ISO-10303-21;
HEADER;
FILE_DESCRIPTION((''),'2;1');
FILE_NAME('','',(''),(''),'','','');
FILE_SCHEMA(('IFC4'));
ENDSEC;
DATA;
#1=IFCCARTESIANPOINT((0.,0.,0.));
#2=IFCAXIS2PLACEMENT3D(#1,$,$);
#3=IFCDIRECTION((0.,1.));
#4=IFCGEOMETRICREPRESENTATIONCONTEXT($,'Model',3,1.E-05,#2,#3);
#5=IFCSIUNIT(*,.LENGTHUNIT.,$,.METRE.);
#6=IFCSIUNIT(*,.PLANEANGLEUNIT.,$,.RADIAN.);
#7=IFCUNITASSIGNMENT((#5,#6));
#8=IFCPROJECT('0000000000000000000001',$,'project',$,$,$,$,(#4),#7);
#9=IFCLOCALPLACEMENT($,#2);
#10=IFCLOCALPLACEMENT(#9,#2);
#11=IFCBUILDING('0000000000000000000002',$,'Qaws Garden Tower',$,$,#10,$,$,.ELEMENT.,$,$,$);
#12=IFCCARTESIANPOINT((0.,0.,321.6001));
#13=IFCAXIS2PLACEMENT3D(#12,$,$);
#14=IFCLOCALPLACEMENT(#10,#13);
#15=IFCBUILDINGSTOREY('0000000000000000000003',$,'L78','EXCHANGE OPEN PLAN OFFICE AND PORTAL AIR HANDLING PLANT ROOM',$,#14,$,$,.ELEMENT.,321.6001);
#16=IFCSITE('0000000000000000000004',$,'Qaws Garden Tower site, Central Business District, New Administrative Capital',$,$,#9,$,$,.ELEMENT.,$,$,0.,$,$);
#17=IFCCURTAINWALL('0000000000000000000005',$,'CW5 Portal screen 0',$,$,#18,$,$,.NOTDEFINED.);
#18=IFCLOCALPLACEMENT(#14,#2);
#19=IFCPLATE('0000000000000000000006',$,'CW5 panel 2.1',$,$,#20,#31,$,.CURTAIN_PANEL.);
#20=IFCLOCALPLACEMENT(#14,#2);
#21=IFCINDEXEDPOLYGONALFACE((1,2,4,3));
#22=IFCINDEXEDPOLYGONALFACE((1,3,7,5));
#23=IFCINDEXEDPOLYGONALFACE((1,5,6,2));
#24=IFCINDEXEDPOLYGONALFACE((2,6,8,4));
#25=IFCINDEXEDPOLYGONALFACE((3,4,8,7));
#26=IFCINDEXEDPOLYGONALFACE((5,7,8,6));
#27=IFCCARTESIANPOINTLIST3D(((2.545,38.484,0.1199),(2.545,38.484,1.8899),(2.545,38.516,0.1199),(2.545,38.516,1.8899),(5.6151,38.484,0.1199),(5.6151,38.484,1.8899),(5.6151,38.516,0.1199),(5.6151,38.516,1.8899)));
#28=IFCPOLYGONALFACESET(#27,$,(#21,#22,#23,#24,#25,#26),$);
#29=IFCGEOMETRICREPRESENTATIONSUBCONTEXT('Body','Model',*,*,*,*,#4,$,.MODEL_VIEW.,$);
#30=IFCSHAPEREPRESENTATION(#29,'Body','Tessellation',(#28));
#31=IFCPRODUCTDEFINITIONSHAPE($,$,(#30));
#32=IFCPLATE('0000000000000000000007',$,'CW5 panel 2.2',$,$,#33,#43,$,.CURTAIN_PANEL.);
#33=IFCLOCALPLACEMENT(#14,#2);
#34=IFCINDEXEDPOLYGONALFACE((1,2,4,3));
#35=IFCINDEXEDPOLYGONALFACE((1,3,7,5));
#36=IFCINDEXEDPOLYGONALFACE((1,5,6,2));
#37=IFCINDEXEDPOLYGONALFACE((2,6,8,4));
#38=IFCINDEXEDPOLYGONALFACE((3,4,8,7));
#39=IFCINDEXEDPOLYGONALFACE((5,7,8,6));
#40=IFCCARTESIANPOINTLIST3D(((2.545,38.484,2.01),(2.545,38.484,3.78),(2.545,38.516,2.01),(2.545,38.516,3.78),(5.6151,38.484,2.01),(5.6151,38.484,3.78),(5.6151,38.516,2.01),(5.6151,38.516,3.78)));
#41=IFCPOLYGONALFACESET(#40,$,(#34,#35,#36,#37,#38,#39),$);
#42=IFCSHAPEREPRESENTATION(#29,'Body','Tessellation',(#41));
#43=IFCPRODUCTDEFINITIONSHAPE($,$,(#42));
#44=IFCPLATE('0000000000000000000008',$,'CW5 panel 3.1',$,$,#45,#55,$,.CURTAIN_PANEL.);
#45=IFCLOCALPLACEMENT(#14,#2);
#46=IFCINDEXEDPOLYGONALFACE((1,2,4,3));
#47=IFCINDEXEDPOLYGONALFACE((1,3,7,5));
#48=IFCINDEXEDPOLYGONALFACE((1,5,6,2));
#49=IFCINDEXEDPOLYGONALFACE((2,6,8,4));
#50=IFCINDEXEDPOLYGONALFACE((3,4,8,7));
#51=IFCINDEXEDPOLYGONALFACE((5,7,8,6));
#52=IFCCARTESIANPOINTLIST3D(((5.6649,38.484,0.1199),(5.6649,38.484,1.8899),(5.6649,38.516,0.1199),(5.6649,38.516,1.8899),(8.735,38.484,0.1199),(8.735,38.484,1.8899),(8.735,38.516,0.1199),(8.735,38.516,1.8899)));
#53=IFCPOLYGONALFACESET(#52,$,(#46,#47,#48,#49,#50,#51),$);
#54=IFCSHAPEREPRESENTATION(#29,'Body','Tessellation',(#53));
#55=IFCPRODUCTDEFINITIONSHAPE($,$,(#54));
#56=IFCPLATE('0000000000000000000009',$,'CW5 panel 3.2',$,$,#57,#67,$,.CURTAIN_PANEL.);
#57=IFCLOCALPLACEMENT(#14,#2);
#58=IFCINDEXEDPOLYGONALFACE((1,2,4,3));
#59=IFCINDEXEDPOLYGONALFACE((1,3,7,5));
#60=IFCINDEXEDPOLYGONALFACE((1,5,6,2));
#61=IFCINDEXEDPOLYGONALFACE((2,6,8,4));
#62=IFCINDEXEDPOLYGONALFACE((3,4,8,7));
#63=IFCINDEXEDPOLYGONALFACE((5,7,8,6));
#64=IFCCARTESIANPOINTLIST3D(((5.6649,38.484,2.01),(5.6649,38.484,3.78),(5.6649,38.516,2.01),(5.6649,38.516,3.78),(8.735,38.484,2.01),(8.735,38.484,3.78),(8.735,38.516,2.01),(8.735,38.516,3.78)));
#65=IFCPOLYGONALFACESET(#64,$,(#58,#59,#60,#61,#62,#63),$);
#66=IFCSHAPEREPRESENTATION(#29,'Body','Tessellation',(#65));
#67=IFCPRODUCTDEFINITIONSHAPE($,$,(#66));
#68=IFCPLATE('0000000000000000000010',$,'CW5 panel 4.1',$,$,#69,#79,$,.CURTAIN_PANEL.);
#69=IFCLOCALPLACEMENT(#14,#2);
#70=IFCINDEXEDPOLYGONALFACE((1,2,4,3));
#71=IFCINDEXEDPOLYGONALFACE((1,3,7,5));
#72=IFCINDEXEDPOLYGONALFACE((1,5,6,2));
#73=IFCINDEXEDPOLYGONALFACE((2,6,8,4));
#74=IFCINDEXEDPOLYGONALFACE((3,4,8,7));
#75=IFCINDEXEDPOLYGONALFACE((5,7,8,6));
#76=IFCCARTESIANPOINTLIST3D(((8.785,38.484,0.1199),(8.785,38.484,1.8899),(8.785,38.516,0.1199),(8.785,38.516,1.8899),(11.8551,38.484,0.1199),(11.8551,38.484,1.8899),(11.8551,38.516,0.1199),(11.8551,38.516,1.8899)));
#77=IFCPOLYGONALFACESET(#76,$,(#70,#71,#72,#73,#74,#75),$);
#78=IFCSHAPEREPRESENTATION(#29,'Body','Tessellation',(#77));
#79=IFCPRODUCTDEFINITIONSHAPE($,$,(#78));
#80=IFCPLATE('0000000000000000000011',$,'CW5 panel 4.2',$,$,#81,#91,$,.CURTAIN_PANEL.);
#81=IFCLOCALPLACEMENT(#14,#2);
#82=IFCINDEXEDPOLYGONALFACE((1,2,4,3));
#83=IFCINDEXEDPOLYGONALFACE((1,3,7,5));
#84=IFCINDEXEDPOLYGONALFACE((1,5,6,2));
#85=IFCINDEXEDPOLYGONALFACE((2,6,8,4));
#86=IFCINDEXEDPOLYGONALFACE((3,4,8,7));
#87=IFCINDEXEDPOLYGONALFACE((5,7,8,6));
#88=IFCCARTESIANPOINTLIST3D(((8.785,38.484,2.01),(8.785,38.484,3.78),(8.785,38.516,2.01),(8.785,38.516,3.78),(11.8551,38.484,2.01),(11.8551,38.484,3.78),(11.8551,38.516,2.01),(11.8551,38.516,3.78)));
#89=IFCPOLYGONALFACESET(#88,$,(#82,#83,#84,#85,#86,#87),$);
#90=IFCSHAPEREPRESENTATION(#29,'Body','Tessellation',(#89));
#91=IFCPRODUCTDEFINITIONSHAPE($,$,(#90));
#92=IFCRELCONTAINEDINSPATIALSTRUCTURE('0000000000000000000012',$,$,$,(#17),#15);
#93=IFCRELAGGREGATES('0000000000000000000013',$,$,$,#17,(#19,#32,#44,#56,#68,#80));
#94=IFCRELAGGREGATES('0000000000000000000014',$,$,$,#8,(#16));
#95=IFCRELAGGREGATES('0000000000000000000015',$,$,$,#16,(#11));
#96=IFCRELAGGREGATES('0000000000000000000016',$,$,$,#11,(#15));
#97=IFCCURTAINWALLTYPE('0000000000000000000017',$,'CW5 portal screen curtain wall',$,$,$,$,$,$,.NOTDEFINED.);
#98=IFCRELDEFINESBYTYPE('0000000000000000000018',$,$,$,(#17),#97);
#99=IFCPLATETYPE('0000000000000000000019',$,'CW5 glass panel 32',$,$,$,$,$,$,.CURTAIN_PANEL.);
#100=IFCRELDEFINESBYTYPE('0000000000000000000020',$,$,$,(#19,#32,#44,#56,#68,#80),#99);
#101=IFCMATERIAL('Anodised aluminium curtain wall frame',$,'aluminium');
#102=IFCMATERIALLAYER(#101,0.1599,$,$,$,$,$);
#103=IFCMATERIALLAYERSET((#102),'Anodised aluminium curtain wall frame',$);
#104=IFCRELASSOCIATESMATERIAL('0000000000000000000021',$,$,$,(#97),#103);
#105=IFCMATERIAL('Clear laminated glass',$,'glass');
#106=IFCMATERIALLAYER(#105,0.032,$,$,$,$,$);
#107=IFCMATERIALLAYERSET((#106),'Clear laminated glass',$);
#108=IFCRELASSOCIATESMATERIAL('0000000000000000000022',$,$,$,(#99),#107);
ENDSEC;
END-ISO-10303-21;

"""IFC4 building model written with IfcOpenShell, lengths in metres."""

from ifc_helpers import new_model, si_unit, direction, frame, origin, origin_2d, place, context, subcontext, project, spatial, rectangle, extrude, material, layer, layer_set, type_object, element, aggregate, save


model = new_model("IFC4")

# Units and contexts
model_context = context("Model", 3, precision=1e-05, world=origin(), true_north=direction((0.0, 1.0)))
body_context = subcontext(model_context, "Body", "Model", "MODEL_VIEW")
ifc_project = project(units=[si_unit("LENGTHUNIT", "METRE"), si_unit("PLANEANGLEUNIT", "RADIAN")], contexts=[model_context])

# Site, building, storey
site_placement = place(None, origin())
site = spatial("IfcSite", under=ifc_project, at=site_placement, Name="Qaws Garden Tower site, Central Business District, New Administrative Capital", CompositionType="ELEMENT", RefElevation=0.0)
building_placement = place(site_placement, origin())
building = spatial("IfcBuilding", under=site, at=building_placement, Name="Qaws Garden Tower", CompositionType="ELEMENT")
storey_placement = place(building_placement, frame((0.0, 0.0, 321.6001)))
storey = spatial("IfcBuildingStorey", under=building, at=storey_placement, Name="L78", Description="EXCHANGE OPEN PLAN OFFICE AND PORTAL AIR HANDLING PLANT ROOM", CompositionType="ELEMENT", Elevation=321.6001)

# Curtain wall, plates
ifc_material_1 = material(Name="Anodised aluminium curtain wall frame", Category="aluminium")
ifc_layer_1 = layer(ifc_material_1, 0.1599)
ifc_layer_set_1 = layer_set([ifc_layer_1], Name="Anodised aluminium curtain wall frame")
curtain_wall_type = type_object("IfcCurtainWallType", Name="CW5 portal screen curtain wall", PredefinedType="NOTDEFINED", material=ifc_layer_set_1)
curtain_wall_placement = place(storey_placement, origin())
curtain_wall = element("IfcCurtainWall", 1, at=curtain_wall_placement, inside=storey, type_object=curtain_wall_type, Name="CW5 Portal screen 0", PredefinedType="NOTDEFINED")
ifc_material_2 = material(Name="Clear laminated glass", Category="glass")
ifc_layer_2 = layer(ifc_material_2, 0.032)
ifc_layer_set_2 = layer_set([ifc_layer_2], Name="Clear laminated glass")
plate_type = type_object("IfcPlateType", Name="CW5 glass panel 32", PredefinedType="CURTAIN_PANEL", material=ifc_layer_set_2)
plate_1_placement = place(storey_placement, frame((4.0801, 38.5, 0.1199), z_axis=(0.0, 0.0, 1.0), x_axis=(1.0, 0.0, 0.0)))
plate_1 = element("IfcPlate", 2, at=plate_1_placement, type_object=plate_type, Name="CW5 panel 2.1", PredefinedType="CURTAIN_PANEL", context=body_context, shape_type="SweptSolid", body=[
    extrude(rectangle(XDim=3.0701, YDim=0.032, at=origin_2d()), origin(), (0.0, 0.0, 1.0), 1.77),
])
plate_2_placement = place(storey_placement, frame((4.0801, 38.5, 2.01), z_axis=(0.0, 0.0, 1.0), x_axis=(1.0, 0.0, 0.0)))
plate_2 = element("IfcPlate", 3, at=plate_2_placement, type_object=plate_type, Name="CW5 panel 2.2", PredefinedType="CURTAIN_PANEL", context=body_context, shape_type="SweptSolid", body=[
    extrude(rectangle(XDim=3.0701, YDim=0.032, at=origin_2d()), origin(), (0.0, 0.0, 1.0), 1.77),
])
plate_3_placement = place(storey_placement, frame((7.2, 38.5, 0.1199), z_axis=(0.0, 0.0, 1.0), x_axis=(1.0, 0.0, 0.0)))
plate_3 = element("IfcPlate", 4, at=plate_3_placement, type_object=plate_type, Name="CW5 panel 3.1", PredefinedType="CURTAIN_PANEL", context=body_context, shape_type="SweptSolid", body=[
    extrude(rectangle(XDim=3.0701, YDim=0.032, at=origin_2d()), origin(), (0.0, 0.0, 1.0), 1.77),
])
plate_4_placement = place(storey_placement, frame((7.2, 38.5, 2.01), z_axis=(0.0, 0.0, 1.0), x_axis=(1.0, 0.0, 0.0)))
plate_4 = element("IfcPlate", 5, at=plate_4_placement, type_object=plate_type, Name="CW5 panel 3.2", PredefinedType="CURTAIN_PANEL", context=body_context, shape_type="SweptSolid", body=[
    extrude(rectangle(XDim=3.0701, YDim=0.032, at=origin_2d()), origin(), (0.0, 0.0, 1.0), 1.77),
])
plate_5_placement = place(storey_placement, frame((10.3201, 38.5, 0.1199), z_axis=(0.0, 0.0, 1.0), x_axis=(1.0, 0.0, 0.0)))
plate_5 = element("IfcPlate", 6, at=plate_5_placement, type_object=plate_type, Name="CW5 panel 4.1", PredefinedType="CURTAIN_PANEL", context=body_context, shape_type="SweptSolid", body=[
    extrude(rectangle(XDim=3.0701, YDim=0.032, at=origin_2d()), origin(), (0.0, 0.0, 1.0), 1.77),
])
plate_6_placement = place(storey_placement, frame((10.3201, 38.5, 2.01), z_axis=(0.0, 0.0, 1.0), x_axis=(1.0, 0.0, 0.0)))
plate_6 = element("IfcPlate", 7, at=plate_6_placement, type_object=plate_type, Name="CW5 panel 4.2", PredefinedType="CURTAIN_PANEL", context=body_context, shape_type="SweptSolid", body=[
    extrude(rectangle(XDim=3.0701, YDim=0.032, at=origin_2d()), origin(), (0.0, 0.0, 1.0), 1.77),
])
aggregate(curtain_wall, [plate_1, plate_2, plate_3, plate_4, plate_5, plate_6])

save(model, "model.ifc")
